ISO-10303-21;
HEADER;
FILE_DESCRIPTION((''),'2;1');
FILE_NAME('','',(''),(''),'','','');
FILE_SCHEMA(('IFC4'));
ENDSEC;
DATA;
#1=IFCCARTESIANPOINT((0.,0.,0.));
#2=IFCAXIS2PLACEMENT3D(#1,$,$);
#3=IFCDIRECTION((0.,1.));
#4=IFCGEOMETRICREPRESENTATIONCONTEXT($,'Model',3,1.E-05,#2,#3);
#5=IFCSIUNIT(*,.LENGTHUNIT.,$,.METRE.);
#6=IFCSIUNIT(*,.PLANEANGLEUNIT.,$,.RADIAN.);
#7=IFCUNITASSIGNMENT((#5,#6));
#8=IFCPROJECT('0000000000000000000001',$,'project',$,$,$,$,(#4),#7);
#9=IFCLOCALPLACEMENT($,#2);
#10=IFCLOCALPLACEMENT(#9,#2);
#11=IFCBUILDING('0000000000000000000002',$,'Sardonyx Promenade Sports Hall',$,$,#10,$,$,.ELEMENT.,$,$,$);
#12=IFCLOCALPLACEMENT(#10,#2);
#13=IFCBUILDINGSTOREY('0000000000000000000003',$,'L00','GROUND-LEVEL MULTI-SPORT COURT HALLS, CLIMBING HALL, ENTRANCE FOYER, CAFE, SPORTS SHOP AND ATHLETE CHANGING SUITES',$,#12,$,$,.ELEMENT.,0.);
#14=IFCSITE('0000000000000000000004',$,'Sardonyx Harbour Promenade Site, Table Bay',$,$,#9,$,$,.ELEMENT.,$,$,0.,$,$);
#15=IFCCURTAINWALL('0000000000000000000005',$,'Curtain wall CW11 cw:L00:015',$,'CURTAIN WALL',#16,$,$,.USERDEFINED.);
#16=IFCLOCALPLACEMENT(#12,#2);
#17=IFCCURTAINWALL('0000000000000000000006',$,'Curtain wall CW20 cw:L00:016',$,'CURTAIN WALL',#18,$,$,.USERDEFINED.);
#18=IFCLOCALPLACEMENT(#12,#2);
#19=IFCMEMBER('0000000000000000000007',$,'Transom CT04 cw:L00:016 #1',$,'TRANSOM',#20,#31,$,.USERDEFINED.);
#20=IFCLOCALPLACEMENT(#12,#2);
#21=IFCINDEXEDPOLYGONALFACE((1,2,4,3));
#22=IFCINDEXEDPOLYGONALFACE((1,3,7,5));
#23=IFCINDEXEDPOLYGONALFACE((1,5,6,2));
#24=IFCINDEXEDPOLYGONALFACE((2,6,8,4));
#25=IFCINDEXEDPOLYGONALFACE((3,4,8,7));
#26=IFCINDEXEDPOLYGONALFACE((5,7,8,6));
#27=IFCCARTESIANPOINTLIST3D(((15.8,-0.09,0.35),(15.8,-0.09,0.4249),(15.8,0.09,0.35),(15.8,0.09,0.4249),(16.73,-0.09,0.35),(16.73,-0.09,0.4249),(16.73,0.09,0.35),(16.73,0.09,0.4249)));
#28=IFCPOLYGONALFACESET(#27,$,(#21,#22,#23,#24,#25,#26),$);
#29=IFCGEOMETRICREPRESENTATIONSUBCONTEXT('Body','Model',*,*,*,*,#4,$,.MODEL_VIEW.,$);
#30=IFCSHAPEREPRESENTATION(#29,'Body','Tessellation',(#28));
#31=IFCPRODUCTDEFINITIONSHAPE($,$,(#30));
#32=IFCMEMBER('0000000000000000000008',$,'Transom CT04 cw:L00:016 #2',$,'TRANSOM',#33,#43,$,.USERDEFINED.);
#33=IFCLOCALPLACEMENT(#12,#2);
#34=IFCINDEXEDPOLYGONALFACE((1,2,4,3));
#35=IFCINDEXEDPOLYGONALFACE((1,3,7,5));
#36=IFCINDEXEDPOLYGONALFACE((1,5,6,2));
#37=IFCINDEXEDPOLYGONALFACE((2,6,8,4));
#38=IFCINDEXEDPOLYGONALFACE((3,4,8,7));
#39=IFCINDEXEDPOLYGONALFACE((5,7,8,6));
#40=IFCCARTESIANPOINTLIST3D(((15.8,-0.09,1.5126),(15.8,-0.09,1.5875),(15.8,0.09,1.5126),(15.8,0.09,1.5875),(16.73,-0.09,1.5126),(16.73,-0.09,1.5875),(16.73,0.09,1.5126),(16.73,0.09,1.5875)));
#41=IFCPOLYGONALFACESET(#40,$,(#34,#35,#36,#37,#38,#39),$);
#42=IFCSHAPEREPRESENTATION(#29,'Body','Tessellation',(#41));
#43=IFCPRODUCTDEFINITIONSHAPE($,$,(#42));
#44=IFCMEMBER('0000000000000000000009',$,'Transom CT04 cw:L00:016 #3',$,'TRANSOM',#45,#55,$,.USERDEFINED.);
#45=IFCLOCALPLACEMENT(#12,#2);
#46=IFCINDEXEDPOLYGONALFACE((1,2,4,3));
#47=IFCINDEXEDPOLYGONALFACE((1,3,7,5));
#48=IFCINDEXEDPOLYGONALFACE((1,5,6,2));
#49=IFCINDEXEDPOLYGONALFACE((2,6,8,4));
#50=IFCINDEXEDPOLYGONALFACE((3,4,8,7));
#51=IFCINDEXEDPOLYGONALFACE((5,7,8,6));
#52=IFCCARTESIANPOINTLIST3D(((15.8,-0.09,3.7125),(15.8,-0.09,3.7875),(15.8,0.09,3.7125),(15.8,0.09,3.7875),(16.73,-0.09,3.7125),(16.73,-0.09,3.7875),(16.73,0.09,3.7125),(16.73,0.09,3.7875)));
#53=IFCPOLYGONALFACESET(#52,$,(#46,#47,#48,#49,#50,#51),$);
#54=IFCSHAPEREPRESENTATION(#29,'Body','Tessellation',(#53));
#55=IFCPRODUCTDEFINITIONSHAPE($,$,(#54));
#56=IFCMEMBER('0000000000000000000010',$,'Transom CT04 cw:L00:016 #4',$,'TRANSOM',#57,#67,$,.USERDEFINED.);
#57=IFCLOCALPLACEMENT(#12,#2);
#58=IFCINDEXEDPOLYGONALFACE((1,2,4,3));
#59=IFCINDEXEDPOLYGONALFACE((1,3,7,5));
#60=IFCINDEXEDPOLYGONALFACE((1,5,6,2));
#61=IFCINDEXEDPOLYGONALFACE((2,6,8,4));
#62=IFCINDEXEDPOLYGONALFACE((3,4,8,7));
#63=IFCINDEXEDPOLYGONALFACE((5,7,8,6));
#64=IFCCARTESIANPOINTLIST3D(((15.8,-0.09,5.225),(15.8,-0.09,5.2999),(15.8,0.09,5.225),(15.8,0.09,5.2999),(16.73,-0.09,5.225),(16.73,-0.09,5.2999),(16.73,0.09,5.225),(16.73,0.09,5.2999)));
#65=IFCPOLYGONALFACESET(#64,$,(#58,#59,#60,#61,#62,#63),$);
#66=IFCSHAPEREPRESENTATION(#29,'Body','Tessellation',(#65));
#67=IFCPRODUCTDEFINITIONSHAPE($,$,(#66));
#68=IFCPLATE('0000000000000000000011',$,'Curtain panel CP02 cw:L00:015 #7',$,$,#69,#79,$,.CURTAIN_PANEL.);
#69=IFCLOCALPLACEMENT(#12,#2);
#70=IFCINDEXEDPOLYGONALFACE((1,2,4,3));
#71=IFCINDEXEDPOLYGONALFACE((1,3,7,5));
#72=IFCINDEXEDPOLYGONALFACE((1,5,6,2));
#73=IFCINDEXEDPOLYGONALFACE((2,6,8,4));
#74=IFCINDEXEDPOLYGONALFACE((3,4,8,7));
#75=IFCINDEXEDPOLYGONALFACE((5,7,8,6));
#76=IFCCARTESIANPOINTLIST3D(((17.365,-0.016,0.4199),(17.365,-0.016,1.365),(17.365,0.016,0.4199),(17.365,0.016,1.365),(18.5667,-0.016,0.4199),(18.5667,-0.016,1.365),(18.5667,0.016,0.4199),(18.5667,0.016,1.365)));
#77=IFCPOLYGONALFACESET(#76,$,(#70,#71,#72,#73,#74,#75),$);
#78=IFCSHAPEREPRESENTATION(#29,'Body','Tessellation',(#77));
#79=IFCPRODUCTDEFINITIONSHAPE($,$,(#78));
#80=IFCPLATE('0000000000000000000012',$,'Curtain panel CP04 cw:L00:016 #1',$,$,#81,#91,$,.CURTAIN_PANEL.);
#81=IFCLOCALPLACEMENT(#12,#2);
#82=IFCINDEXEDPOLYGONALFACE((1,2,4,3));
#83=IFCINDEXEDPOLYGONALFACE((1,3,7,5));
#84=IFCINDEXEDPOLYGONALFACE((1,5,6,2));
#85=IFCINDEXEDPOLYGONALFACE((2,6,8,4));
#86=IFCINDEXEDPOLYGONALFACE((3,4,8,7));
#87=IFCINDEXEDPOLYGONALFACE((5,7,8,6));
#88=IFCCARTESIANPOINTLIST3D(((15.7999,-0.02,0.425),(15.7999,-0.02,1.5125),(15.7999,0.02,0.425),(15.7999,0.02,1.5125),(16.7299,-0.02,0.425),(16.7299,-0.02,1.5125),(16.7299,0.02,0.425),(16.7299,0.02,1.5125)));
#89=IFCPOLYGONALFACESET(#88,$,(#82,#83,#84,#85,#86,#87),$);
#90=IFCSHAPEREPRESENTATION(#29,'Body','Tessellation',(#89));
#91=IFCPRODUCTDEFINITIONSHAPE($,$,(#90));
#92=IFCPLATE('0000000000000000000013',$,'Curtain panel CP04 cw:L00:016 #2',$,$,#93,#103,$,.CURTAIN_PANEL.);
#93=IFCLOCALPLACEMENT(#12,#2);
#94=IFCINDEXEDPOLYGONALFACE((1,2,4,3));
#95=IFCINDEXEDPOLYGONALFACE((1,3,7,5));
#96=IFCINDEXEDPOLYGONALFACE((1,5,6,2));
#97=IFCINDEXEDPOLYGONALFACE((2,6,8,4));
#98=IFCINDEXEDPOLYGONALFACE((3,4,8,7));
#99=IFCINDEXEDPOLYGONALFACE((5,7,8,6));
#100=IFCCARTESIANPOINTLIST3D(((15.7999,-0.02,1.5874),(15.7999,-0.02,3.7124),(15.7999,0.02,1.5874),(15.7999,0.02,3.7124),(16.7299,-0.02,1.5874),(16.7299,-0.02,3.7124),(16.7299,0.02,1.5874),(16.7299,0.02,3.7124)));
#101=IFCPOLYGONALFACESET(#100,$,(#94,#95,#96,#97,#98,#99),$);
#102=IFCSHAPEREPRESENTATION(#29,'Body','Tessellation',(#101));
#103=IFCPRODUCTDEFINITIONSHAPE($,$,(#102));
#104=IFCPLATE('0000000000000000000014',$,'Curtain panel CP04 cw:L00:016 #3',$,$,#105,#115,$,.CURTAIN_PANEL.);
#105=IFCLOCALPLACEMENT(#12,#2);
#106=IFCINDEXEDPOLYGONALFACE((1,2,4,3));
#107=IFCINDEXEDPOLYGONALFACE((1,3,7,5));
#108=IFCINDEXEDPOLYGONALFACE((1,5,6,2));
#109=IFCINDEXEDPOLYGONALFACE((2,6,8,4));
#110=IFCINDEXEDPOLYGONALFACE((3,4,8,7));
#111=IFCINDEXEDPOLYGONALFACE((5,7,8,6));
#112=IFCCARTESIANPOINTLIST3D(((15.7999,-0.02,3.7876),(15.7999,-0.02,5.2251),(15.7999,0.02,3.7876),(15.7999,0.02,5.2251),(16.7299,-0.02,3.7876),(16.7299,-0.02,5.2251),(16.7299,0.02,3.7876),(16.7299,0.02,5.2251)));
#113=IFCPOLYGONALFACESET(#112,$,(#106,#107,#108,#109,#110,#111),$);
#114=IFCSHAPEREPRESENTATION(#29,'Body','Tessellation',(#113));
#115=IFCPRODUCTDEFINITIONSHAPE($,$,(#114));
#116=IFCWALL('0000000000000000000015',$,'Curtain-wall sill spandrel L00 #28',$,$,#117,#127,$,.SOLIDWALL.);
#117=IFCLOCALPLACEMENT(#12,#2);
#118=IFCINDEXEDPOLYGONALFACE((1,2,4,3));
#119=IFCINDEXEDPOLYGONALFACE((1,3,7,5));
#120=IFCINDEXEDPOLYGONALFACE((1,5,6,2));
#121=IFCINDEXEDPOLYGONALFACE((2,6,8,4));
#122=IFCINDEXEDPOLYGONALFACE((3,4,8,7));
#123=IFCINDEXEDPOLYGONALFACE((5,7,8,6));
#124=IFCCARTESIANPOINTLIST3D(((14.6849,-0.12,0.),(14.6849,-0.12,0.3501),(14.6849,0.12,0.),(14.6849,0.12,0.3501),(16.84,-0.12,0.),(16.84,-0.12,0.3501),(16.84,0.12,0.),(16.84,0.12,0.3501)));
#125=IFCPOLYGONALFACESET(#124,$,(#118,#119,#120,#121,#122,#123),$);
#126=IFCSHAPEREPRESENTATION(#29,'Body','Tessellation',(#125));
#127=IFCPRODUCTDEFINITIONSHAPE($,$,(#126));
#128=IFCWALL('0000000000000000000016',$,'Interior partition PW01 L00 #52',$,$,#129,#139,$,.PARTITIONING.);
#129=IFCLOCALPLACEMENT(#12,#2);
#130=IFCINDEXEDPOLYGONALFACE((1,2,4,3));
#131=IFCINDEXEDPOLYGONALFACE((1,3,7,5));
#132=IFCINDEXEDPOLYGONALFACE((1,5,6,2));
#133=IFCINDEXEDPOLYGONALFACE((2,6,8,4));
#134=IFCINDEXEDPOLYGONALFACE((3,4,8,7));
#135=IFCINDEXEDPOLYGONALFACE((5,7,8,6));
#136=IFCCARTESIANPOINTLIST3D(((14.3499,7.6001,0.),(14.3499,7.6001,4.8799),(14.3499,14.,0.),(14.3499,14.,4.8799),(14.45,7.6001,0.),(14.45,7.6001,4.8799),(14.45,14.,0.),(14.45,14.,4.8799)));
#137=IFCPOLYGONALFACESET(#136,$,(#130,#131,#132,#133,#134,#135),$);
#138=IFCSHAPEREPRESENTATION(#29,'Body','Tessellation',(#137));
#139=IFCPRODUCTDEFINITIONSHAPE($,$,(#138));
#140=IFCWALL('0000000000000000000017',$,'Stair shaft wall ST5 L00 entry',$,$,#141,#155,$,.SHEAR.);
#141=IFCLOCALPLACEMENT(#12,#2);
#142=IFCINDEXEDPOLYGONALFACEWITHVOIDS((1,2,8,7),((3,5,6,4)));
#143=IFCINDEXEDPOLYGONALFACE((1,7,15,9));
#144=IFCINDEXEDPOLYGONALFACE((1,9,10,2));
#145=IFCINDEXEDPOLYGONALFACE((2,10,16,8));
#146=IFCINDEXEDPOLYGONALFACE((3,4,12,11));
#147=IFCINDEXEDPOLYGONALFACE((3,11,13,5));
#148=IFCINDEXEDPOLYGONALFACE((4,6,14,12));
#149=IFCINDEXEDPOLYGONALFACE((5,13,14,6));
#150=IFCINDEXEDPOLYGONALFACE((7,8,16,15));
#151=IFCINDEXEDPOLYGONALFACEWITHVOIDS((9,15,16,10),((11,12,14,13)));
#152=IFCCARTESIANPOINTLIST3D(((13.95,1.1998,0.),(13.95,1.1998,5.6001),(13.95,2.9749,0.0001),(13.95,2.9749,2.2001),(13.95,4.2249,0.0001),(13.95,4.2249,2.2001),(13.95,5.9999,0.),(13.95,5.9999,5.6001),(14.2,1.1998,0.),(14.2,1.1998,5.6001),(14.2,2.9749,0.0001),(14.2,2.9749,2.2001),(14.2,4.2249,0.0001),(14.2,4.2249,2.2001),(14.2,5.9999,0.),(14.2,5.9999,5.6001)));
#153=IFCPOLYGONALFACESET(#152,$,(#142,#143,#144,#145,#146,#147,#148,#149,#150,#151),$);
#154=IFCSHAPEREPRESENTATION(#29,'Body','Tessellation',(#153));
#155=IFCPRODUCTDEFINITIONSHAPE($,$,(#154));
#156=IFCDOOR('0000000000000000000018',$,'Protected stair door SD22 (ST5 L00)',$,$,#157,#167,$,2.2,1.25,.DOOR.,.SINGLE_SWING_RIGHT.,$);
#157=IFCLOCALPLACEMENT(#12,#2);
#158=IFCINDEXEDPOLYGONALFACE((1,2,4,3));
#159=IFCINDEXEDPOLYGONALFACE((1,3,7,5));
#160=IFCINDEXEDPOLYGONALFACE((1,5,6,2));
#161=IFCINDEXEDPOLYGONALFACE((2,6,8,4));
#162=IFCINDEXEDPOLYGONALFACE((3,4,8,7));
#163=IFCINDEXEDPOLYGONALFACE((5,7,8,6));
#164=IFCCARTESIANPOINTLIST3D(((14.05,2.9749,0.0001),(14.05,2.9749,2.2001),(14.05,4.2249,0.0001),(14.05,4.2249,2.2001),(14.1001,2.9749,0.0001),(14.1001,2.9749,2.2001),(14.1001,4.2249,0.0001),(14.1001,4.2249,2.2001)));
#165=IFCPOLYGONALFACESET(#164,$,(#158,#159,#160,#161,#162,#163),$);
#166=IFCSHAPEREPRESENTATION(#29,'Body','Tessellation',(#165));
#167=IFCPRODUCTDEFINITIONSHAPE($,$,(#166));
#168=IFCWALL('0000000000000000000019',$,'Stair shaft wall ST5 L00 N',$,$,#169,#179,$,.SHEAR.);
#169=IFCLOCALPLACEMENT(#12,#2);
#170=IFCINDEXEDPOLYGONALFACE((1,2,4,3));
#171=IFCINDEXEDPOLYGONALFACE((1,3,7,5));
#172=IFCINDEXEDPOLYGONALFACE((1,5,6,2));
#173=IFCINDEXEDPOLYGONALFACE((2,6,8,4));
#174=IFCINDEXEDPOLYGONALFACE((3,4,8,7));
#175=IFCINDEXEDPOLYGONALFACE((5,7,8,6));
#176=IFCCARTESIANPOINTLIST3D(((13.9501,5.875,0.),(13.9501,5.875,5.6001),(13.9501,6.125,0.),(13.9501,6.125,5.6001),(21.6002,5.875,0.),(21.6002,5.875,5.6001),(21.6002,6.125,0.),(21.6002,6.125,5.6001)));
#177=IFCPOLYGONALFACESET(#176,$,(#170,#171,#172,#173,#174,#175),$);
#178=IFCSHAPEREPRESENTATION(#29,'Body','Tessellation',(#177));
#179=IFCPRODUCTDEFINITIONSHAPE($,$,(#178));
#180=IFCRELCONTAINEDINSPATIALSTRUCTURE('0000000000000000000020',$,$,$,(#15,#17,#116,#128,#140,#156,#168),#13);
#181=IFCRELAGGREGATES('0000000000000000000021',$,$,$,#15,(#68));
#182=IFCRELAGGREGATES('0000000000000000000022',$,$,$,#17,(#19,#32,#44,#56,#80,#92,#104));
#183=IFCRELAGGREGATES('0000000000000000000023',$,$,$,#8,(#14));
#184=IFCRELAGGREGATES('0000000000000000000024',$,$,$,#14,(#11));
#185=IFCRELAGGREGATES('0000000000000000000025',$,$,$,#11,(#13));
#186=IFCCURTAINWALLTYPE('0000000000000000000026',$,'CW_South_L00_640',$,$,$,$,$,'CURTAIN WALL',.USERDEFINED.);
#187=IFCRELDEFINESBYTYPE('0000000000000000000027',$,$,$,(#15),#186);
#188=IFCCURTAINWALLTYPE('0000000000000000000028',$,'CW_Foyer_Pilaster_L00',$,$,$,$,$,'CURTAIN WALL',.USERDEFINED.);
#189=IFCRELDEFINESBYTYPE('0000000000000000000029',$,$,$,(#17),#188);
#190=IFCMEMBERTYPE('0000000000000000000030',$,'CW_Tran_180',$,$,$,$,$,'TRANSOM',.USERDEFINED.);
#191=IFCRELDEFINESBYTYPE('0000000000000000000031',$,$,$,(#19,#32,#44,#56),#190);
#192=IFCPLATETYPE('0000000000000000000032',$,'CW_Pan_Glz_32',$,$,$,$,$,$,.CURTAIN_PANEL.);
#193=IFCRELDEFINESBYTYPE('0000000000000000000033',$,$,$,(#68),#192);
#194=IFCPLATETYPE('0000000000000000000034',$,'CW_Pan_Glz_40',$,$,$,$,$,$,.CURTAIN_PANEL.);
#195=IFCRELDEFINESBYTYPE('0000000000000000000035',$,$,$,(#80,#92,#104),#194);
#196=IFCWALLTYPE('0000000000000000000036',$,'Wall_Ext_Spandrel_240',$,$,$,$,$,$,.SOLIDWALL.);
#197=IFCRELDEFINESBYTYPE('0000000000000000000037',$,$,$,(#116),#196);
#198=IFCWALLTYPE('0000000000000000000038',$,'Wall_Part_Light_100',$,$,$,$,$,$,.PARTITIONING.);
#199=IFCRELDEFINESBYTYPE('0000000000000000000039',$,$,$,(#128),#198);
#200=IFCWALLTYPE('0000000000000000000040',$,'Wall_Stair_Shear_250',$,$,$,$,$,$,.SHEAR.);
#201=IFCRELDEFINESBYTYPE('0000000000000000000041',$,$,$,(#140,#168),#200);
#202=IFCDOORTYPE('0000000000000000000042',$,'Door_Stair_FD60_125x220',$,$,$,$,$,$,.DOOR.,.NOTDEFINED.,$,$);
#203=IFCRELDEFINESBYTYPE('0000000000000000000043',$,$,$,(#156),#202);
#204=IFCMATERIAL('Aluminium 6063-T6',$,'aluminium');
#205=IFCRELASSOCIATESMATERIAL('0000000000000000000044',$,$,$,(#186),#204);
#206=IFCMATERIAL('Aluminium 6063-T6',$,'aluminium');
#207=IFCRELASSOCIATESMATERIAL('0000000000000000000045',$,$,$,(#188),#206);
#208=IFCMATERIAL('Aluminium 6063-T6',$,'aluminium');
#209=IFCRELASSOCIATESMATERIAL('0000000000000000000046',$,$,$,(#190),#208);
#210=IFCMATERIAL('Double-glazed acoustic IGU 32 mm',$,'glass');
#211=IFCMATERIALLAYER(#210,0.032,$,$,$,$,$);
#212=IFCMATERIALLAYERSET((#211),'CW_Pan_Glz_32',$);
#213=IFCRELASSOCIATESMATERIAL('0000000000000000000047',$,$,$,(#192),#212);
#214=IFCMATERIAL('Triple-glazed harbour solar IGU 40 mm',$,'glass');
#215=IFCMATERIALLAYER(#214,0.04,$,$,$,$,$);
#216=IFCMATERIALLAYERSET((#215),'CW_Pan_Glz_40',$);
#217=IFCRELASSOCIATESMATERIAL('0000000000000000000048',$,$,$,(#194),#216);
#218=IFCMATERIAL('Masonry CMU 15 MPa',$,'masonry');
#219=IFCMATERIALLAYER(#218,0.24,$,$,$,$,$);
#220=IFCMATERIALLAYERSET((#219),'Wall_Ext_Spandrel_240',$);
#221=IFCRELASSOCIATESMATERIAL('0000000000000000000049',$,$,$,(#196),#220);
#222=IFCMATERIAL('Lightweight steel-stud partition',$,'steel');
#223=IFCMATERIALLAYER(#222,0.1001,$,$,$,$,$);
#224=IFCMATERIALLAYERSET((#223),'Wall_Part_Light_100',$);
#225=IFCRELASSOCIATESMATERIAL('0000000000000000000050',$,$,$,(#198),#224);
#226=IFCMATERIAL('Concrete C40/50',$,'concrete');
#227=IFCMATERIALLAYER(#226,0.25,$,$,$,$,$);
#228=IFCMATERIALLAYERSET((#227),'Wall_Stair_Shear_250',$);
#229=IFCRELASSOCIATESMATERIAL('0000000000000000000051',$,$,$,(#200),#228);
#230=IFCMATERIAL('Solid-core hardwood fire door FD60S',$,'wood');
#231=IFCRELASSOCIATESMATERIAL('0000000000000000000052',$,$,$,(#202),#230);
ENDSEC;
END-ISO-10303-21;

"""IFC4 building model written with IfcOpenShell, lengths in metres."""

from ifc_helpers import new_model, si_unit, direction, frame, frame_2d, origin, origin_2d, place, context, subcontext, project, spatial, rectangle, extrude, material, layer, layer_set, material_profile, profile_set, type_object, element, fill, aggregate, save


model = new_model("IFC4")

# Units and contexts
model_context = context("Model", 3, precision=1e-05, world=origin(), true_north=direction((0.0, 1.0)))
body_context = subcontext(model_context, "Body", "Model", "MODEL_VIEW")
ifc_project = project(units=[si_unit("LENGTHUNIT", "METRE"), si_unit("PLANEANGLEUNIT", "RADIAN")], contexts=[model_context])

# Site, building, storey
site_placement = place(None, origin())
site = spatial("IfcSite", under=ifc_project, at=site_placement, Name="Sardonyx Harbour Promenade Site, Table Bay", CompositionType="ELEMENT", RefElevation=0.0)
building_placement = place(site_placement, origin())
building = spatial("IfcBuilding", under=site, at=building_placement, Name="Sardonyx Promenade Sports Hall", CompositionType="ELEMENT")
storey_placement = place(building_placement, origin())
storey = spatial("IfcBuildingStorey", under=building, at=storey_placement, Name="L00", Description="GROUND-LEVEL MULTI-SPORT COURT HALLS, CLIMBING HALL, ENTRANCE FOYER, CAFE, SPORTS SHOP AND ATHLETE CHANGING SUITES", CompositionType="ELEMENT", Elevation=0.0)

# Curtain wall
ifc_material_1 = material(Name="Aluminium 6063-T6", Category="aluminium")
curtain_wall_type_1 = type_object("IfcCurtainWallType", Name="CW_South_L00_640", ElementType="CURTAIN WALL", PredefinedType="USERDEFINED", material=ifc_material_1)
curtain_wall_1_placement = place(storey_placement, origin())
curtain_wall_1 = element("IfcCurtainWall", 1, at=curtain_wall_1_placement, inside=storey, type_object=curtain_wall_type_1, Name="Curtain wall CW11 cw:L00:015", ObjectType="CURTAIN WALL", PredefinedType="USERDEFINED")

# Curtain wall
ifc_material_2 = material(Name="Aluminium 6063-T6", Category="aluminium")
curtain_wall_type_2 = type_object("IfcCurtainWallType", Name="CW_Foyer_Pilaster_L00", ElementType="CURTAIN WALL", PredefinedType="USERDEFINED", material=ifc_material_2)
curtain_wall_2_placement = place(storey_placement, origin())
curtain_wall_2 = element("IfcCurtainWall", 2, at=curtain_wall_2_placement, inside=storey, type_object=curtain_wall_type_2, Name="Curtain wall CW20 cw:L00:016", ObjectType="CURTAIN WALL", PredefinedType="USERDEFINED")

# Members
ifc_material_3 = material(Name="Aluminium 6063-T6", Category="aluminium")
ifc_material_profile_1 = material_profile(ifc_material_3, rectangle(XDim=0.075, YDim=0.1799, at=origin_2d()))
ifc_profile_set_1 = profile_set([ifc_material_profile_1], Name="Aluminium 6063-T6")
member_type_1 = type_object("IfcMemberType", Name="CW_Tran_180", ElementType="TRANSOM", PredefinedType="USERDEFINED", material=ifc_profile_set_1)
member_1_placement = place(storey_placement, frame((16.73, 0.0, 0.3875), z_axis=(-1.0, 0.0, 0.0), x_axis=(0.0, 0.0, 1.0)))
member_1 = element("IfcMember", 3, at=member_1_placement, type_object=member_type_1, Name="Transom CT04 cw:L00:016 #1", ObjectType="TRANSOM", PredefinedType="USERDEFINED", context=body_context, shape_type="SweptSolid", body=[
    extrude(rectangle(XDim=0.075, YDim=0.1799, at=origin_2d()), origin(), (0.0, 0.0, 1.0), 0.9299),
])
member_2_placement = place(storey_placement, frame((16.73, 0.0, 1.55), z_axis=(-1.0, 0.0, 0.0), x_axis=(0.0, 0.0, 1.0)))
member_2 = element("IfcMember", 4, at=member_2_placement, type_object=member_type_1, Name="Transom CT04 cw:L00:016 #2", ObjectType="TRANSOM", PredefinedType="USERDEFINED", context=body_context, shape_type="SweptSolid", body=[
    extrude(rectangle(XDim=0.075, YDim=0.1799, at=origin_2d()), origin(), (0.0, 0.0, 1.0), 0.9299),
])
member_3_placement = place(storey_placement, frame((16.73, 0.0, 3.75), z_axis=(-1.0, 0.0, 0.0), x_axis=(0.0, 0.0, 1.0)))
member_3 = element("IfcMember", 5, at=member_3_placement, type_object=member_type_1, Name="Transom CT04 cw:L00:016 #3", ObjectType="TRANSOM", PredefinedType="USERDEFINED", context=body_context, shape_type="SweptSolid", body=[
    extrude(rectangle(XDim=0.075, YDim=0.1799, at=origin_2d()), origin(), (0.0, 0.0, 1.0), 0.9299),
])
member_4_placement = place(storey_placement, frame((16.73, 0.0, 5.2625), z_axis=(-1.0, 0.0, 0.0), x_axis=(0.0, 0.0, 1.0)))
member_4 = element("IfcMember", 6, at=member_4_placement, type_object=member_type_1, Name="Transom CT04 cw:L00:016 #4", ObjectType="TRANSOM", PredefinedType="USERDEFINED", context=body_context, shape_type="SweptSolid", body=[
    extrude(rectangle(XDim=0.075, YDim=0.1799, at=origin_2d()), origin(), (0.0, 0.0, 1.0), 0.9299),
])

# Plates
ifc_material_4 = material(Name="Double-glazed acoustic IGU 32 mm", Category="glass")
ifc_layer_1 = layer(ifc_material_4, 0.032)
ifc_layer_set_1 = layer_set([ifc_layer_1], Name="CW_Pan_Glz_32")
plate_type_1 = type_object("IfcPlateType", Name="CW_Pan_Glz_32", PredefinedType="CURTAIN_PANEL", material=ifc_layer_set_1)
plate_1_placement = place(storey_placement, frame((17.9658, 0.0, 0.4199), z_axis=(0.0, 0.0, 1.0), x_axis=(-1.0, 0.0, 0.0)))
plate_1 = element("IfcPlate", 7, at=plate_1_placement, type_object=plate_type_1, Name="Curtain panel CP02 cw:L00:015 #7", PredefinedType="CURTAIN_PANEL", context=body_context, shape_type="SweptSolid", body=[
    extrude(rectangle(XDim=1.2017, YDim=0.032, at=origin_2d()), origin(), (0.0, 0.0, 1.0), 0.9451),
])
aggregate(curtain_wall_1, [plate_1])
ifc_material_5 = material(Name="Triple-glazed harbour solar IGU 40 mm", Category="glass")
ifc_layer_2 = layer(ifc_material_5, 0.04)
ifc_layer_set_2 = layer_set([ifc_layer_2], Name="CW_Pan_Glz_40")
plate_type_2 = type_object("IfcPlateType", Name="CW_Pan_Glz_40", PredefinedType="CURTAIN_PANEL", material=ifc_layer_set_2)
plate_2_placement = place(storey_placement, frame((16.2649, 0.0, 0.425), z_axis=(0.0, 0.0, 1.0), x_axis=(-1.0, 0.0, 0.0)))
plate_2 = element("IfcPlate", 8, at=plate_2_placement, type_object=plate_type_2, Name="Curtain panel CP04 cw:L00:016 #1", PredefinedType="CURTAIN_PANEL", context=body_context, shape_type="SweptSolid", body=[
    extrude(rectangle(XDim=0.9299, YDim=0.04, at=origin_2d()), origin(), (0.0, 0.0, 1.0), 1.0874),
])
plate_3_placement = place(storey_placement, frame((16.2649, 0.0, 1.5874), z_axis=(0.0, 0.0, 1.0), x_axis=(-1.0, 0.0, 0.0)))
plate_3 = element("IfcPlate", 9, at=plate_3_placement, type_object=plate_type_2, Name="Curtain panel CP04 cw:L00:016 #2", PredefinedType="CURTAIN_PANEL", context=body_context, shape_type="SweptSolid", body=[
    extrude(rectangle(XDim=0.9299, YDim=0.04, at=origin_2d()), origin(), (0.0, 0.0, 1.0), 2.125),
])
plate_4_placement = place(storey_placement, frame((16.2649, 0.0, 3.7876), z_axis=(0.0, 0.0, 1.0), x_axis=(-1.0, 0.0, 0.0)))
plate_4 = element("IfcPlate", 10, at=plate_4_placement, type_object=plate_type_2, Name="Curtain panel CP04 cw:L00:016 #3", PredefinedType="CURTAIN_PANEL", context=body_context, shape_type="SweptSolid", body=[
    extrude(rectangle(XDim=0.9299, YDim=0.04, at=origin_2d()), origin(), (0.0, 0.0, 1.0), 1.4375),
])
aggregate(curtain_wall_2, [member_1, member_2, member_3, member_4, plate_2, plate_3, plate_4])

# Walls
ifc_material_6 = material(Name="Masonry CMU 15 MPa", Category="masonry")
ifc_layer_3 = layer(ifc_material_6, 0.24)
ifc_layer_set_3 = layer_set([ifc_layer_3], Name="Wall_Ext_Spandrel_240")
wall_type_1 = type_object("IfcWallType", Name="Wall_Ext_Spandrel_240", PredefinedType="SOLIDWALL", material=ifc_layer_set_3)
wall_1_placement = place(storey_placement, frame((16.8401, 0.0, 0.0), z_axis=(0.0, 0.0, 1.0), x_axis=(-1.0, 0.0, 0.0)))
element("IfcWall", 11, at=wall_1_placement, inside=storey, type_object=wall_type_1, Name="Curtain-wall sill spandrel L00 #28", PredefinedType="SOLIDWALL", context=body_context, shape_type="SweptSolid", body=[
    extrude(rectangle(XDim=2.155, YDim=0.24, at=frame_2d((1.0776, 0.0))), origin(), (0.0, 0.0, 1.0), 0.3501),
])
ifc_material_7 = material(Name="Lightweight steel-stud partition", Category="steel")
ifc_layer_4 = layer(ifc_material_7, 0.1001)
ifc_layer_set_4 = layer_set([ifc_layer_4], Name="Wall_Part_Light_100")
wall_type_2 = type_object("IfcWallType", Name="Wall_Part_Light_100", PredefinedType="PARTITIONING", material=ifc_layer_set_4)
wall_2_placement = place(storey_placement, frame((14.3999, 7.6001, 0.0), z_axis=(0.0, 0.0, 1.0), x_axis=(0.0, 1.0, 0.0)))
element("IfcWall", 12, at=wall_2_placement, inside=storey, type_object=wall_type_2, Name="Interior partition PW01 L00 #52", PredefinedType="PARTITIONING", context=body_context, shape_type="SweptSolid", body=[
    extrude(rectangle(XDim=6.3999, YDim=0.1001, at=frame_2d((3.2, 0.0))), origin(), (0.0, 0.0, 1.0), 4.8799),
])

# Wall, opening, door
ifc_material_8 = material(Name="Concrete C40/50", Category="concrete")
ifc_layer_5 = layer(ifc_material_8, 0.25)
ifc_layer_set_5 = layer_set([ifc_layer_5], Name="Wall_Stair_Shear_250")
wall_type_3 = type_object("IfcWallType", Name="Wall_Stair_Shear_250", PredefinedType="SHEAR", material=ifc_layer_set_5)
wall_3_placement = place(storey_placement, frame((14.075, 1.2, 0.0), z_axis=(0.0, 0.0, 1.0), x_axis=(0.0, 1.0, 0.0)))
wall_3 = element("IfcWall", 13, at=wall_3_placement, inside=storey, type_object=wall_type_3, Name="Stair shaft wall ST5 L00 entry", PredefinedType="SHEAR", context=body_context, shape_type="SweptSolid", body=[
    extrude(rectangle(XDim=4.8, YDim=0.25, at=frame_2d((2.3999, 0.0))), origin(), (0.0, 0.0, 1.0), 5.6001),
])
opening_placement = place(wall_3_placement, frame((1.7749, 0.0, 0.0)))
opening = element("IfcOpeningElement", 14, at=opening_placement, cuts=wall_3, PredefinedType="OPENING", context=body_context, shape_type="SweptSolid", body=[
    extrude(rectangle(XDim=1.25, YDim=2.2, at=frame_2d((0.625, 1.1001))), frame((0.0, 0.135, 0.0), z_axis=(0.0, -1.0, 0.0), x_axis=(1.0, 0.0, 0.0)), (0.0, 0.0, 1.0), 0.27),
])
ifc_material_9 = material(Name="Solid-core hardwood fire door FD60S", Category="wood")
door_type = type_object("IfcDoorType", Name="Door_Stair_FD60_125x220", OperationType="NOTDEFINED", PredefinedType="DOOR", material=ifc_material_9)
door_placement = place(opening_placement, origin())
door = element("IfcDoor", 15, at=door_placement, inside=storey, type_object=door_type, Name="Protected stair door SD22 (ST5 L00)", OperationType="SINGLE_SWING_RIGHT", OverallHeight=2.2, OverallWidth=1.25, PredefinedType="DOOR", context=body_context, shape_type="SweptSolid", body=[
    extrude(rectangle(XDim=1.25, YDim=2.2, at=frame_2d((0.625, 1.1001))), frame((0.0, 0.0249, 0.0), z_axis=(0.0, -1.0, 0.0), x_axis=(1.0, 0.0, 0.0)), (0.0, 0.0, 1.0), 0.05),
])
fill(opening, door)

# Wall
wall_4_placement = place(storey_placement, frame((13.95, 6.0, 0.0), z_axis=(0.0, 0.0, 1.0), x_axis=(1.0, 0.0, 0.0)))
element("IfcWall", 16, at=wall_4_placement, inside=storey, type_object=wall_type_3, Name="Stair shaft wall ST5 L00 N", PredefinedType="SHEAR", context=body_context, shape_type="SweptSolid", body=[
    extrude(rectangle(XDim=7.6501, YDim=0.25, at=frame_2d((3.8252, 0.0))), origin(), (0.0, 0.0, 1.0), 5.6001),
])

save(model, "model.ifc")
